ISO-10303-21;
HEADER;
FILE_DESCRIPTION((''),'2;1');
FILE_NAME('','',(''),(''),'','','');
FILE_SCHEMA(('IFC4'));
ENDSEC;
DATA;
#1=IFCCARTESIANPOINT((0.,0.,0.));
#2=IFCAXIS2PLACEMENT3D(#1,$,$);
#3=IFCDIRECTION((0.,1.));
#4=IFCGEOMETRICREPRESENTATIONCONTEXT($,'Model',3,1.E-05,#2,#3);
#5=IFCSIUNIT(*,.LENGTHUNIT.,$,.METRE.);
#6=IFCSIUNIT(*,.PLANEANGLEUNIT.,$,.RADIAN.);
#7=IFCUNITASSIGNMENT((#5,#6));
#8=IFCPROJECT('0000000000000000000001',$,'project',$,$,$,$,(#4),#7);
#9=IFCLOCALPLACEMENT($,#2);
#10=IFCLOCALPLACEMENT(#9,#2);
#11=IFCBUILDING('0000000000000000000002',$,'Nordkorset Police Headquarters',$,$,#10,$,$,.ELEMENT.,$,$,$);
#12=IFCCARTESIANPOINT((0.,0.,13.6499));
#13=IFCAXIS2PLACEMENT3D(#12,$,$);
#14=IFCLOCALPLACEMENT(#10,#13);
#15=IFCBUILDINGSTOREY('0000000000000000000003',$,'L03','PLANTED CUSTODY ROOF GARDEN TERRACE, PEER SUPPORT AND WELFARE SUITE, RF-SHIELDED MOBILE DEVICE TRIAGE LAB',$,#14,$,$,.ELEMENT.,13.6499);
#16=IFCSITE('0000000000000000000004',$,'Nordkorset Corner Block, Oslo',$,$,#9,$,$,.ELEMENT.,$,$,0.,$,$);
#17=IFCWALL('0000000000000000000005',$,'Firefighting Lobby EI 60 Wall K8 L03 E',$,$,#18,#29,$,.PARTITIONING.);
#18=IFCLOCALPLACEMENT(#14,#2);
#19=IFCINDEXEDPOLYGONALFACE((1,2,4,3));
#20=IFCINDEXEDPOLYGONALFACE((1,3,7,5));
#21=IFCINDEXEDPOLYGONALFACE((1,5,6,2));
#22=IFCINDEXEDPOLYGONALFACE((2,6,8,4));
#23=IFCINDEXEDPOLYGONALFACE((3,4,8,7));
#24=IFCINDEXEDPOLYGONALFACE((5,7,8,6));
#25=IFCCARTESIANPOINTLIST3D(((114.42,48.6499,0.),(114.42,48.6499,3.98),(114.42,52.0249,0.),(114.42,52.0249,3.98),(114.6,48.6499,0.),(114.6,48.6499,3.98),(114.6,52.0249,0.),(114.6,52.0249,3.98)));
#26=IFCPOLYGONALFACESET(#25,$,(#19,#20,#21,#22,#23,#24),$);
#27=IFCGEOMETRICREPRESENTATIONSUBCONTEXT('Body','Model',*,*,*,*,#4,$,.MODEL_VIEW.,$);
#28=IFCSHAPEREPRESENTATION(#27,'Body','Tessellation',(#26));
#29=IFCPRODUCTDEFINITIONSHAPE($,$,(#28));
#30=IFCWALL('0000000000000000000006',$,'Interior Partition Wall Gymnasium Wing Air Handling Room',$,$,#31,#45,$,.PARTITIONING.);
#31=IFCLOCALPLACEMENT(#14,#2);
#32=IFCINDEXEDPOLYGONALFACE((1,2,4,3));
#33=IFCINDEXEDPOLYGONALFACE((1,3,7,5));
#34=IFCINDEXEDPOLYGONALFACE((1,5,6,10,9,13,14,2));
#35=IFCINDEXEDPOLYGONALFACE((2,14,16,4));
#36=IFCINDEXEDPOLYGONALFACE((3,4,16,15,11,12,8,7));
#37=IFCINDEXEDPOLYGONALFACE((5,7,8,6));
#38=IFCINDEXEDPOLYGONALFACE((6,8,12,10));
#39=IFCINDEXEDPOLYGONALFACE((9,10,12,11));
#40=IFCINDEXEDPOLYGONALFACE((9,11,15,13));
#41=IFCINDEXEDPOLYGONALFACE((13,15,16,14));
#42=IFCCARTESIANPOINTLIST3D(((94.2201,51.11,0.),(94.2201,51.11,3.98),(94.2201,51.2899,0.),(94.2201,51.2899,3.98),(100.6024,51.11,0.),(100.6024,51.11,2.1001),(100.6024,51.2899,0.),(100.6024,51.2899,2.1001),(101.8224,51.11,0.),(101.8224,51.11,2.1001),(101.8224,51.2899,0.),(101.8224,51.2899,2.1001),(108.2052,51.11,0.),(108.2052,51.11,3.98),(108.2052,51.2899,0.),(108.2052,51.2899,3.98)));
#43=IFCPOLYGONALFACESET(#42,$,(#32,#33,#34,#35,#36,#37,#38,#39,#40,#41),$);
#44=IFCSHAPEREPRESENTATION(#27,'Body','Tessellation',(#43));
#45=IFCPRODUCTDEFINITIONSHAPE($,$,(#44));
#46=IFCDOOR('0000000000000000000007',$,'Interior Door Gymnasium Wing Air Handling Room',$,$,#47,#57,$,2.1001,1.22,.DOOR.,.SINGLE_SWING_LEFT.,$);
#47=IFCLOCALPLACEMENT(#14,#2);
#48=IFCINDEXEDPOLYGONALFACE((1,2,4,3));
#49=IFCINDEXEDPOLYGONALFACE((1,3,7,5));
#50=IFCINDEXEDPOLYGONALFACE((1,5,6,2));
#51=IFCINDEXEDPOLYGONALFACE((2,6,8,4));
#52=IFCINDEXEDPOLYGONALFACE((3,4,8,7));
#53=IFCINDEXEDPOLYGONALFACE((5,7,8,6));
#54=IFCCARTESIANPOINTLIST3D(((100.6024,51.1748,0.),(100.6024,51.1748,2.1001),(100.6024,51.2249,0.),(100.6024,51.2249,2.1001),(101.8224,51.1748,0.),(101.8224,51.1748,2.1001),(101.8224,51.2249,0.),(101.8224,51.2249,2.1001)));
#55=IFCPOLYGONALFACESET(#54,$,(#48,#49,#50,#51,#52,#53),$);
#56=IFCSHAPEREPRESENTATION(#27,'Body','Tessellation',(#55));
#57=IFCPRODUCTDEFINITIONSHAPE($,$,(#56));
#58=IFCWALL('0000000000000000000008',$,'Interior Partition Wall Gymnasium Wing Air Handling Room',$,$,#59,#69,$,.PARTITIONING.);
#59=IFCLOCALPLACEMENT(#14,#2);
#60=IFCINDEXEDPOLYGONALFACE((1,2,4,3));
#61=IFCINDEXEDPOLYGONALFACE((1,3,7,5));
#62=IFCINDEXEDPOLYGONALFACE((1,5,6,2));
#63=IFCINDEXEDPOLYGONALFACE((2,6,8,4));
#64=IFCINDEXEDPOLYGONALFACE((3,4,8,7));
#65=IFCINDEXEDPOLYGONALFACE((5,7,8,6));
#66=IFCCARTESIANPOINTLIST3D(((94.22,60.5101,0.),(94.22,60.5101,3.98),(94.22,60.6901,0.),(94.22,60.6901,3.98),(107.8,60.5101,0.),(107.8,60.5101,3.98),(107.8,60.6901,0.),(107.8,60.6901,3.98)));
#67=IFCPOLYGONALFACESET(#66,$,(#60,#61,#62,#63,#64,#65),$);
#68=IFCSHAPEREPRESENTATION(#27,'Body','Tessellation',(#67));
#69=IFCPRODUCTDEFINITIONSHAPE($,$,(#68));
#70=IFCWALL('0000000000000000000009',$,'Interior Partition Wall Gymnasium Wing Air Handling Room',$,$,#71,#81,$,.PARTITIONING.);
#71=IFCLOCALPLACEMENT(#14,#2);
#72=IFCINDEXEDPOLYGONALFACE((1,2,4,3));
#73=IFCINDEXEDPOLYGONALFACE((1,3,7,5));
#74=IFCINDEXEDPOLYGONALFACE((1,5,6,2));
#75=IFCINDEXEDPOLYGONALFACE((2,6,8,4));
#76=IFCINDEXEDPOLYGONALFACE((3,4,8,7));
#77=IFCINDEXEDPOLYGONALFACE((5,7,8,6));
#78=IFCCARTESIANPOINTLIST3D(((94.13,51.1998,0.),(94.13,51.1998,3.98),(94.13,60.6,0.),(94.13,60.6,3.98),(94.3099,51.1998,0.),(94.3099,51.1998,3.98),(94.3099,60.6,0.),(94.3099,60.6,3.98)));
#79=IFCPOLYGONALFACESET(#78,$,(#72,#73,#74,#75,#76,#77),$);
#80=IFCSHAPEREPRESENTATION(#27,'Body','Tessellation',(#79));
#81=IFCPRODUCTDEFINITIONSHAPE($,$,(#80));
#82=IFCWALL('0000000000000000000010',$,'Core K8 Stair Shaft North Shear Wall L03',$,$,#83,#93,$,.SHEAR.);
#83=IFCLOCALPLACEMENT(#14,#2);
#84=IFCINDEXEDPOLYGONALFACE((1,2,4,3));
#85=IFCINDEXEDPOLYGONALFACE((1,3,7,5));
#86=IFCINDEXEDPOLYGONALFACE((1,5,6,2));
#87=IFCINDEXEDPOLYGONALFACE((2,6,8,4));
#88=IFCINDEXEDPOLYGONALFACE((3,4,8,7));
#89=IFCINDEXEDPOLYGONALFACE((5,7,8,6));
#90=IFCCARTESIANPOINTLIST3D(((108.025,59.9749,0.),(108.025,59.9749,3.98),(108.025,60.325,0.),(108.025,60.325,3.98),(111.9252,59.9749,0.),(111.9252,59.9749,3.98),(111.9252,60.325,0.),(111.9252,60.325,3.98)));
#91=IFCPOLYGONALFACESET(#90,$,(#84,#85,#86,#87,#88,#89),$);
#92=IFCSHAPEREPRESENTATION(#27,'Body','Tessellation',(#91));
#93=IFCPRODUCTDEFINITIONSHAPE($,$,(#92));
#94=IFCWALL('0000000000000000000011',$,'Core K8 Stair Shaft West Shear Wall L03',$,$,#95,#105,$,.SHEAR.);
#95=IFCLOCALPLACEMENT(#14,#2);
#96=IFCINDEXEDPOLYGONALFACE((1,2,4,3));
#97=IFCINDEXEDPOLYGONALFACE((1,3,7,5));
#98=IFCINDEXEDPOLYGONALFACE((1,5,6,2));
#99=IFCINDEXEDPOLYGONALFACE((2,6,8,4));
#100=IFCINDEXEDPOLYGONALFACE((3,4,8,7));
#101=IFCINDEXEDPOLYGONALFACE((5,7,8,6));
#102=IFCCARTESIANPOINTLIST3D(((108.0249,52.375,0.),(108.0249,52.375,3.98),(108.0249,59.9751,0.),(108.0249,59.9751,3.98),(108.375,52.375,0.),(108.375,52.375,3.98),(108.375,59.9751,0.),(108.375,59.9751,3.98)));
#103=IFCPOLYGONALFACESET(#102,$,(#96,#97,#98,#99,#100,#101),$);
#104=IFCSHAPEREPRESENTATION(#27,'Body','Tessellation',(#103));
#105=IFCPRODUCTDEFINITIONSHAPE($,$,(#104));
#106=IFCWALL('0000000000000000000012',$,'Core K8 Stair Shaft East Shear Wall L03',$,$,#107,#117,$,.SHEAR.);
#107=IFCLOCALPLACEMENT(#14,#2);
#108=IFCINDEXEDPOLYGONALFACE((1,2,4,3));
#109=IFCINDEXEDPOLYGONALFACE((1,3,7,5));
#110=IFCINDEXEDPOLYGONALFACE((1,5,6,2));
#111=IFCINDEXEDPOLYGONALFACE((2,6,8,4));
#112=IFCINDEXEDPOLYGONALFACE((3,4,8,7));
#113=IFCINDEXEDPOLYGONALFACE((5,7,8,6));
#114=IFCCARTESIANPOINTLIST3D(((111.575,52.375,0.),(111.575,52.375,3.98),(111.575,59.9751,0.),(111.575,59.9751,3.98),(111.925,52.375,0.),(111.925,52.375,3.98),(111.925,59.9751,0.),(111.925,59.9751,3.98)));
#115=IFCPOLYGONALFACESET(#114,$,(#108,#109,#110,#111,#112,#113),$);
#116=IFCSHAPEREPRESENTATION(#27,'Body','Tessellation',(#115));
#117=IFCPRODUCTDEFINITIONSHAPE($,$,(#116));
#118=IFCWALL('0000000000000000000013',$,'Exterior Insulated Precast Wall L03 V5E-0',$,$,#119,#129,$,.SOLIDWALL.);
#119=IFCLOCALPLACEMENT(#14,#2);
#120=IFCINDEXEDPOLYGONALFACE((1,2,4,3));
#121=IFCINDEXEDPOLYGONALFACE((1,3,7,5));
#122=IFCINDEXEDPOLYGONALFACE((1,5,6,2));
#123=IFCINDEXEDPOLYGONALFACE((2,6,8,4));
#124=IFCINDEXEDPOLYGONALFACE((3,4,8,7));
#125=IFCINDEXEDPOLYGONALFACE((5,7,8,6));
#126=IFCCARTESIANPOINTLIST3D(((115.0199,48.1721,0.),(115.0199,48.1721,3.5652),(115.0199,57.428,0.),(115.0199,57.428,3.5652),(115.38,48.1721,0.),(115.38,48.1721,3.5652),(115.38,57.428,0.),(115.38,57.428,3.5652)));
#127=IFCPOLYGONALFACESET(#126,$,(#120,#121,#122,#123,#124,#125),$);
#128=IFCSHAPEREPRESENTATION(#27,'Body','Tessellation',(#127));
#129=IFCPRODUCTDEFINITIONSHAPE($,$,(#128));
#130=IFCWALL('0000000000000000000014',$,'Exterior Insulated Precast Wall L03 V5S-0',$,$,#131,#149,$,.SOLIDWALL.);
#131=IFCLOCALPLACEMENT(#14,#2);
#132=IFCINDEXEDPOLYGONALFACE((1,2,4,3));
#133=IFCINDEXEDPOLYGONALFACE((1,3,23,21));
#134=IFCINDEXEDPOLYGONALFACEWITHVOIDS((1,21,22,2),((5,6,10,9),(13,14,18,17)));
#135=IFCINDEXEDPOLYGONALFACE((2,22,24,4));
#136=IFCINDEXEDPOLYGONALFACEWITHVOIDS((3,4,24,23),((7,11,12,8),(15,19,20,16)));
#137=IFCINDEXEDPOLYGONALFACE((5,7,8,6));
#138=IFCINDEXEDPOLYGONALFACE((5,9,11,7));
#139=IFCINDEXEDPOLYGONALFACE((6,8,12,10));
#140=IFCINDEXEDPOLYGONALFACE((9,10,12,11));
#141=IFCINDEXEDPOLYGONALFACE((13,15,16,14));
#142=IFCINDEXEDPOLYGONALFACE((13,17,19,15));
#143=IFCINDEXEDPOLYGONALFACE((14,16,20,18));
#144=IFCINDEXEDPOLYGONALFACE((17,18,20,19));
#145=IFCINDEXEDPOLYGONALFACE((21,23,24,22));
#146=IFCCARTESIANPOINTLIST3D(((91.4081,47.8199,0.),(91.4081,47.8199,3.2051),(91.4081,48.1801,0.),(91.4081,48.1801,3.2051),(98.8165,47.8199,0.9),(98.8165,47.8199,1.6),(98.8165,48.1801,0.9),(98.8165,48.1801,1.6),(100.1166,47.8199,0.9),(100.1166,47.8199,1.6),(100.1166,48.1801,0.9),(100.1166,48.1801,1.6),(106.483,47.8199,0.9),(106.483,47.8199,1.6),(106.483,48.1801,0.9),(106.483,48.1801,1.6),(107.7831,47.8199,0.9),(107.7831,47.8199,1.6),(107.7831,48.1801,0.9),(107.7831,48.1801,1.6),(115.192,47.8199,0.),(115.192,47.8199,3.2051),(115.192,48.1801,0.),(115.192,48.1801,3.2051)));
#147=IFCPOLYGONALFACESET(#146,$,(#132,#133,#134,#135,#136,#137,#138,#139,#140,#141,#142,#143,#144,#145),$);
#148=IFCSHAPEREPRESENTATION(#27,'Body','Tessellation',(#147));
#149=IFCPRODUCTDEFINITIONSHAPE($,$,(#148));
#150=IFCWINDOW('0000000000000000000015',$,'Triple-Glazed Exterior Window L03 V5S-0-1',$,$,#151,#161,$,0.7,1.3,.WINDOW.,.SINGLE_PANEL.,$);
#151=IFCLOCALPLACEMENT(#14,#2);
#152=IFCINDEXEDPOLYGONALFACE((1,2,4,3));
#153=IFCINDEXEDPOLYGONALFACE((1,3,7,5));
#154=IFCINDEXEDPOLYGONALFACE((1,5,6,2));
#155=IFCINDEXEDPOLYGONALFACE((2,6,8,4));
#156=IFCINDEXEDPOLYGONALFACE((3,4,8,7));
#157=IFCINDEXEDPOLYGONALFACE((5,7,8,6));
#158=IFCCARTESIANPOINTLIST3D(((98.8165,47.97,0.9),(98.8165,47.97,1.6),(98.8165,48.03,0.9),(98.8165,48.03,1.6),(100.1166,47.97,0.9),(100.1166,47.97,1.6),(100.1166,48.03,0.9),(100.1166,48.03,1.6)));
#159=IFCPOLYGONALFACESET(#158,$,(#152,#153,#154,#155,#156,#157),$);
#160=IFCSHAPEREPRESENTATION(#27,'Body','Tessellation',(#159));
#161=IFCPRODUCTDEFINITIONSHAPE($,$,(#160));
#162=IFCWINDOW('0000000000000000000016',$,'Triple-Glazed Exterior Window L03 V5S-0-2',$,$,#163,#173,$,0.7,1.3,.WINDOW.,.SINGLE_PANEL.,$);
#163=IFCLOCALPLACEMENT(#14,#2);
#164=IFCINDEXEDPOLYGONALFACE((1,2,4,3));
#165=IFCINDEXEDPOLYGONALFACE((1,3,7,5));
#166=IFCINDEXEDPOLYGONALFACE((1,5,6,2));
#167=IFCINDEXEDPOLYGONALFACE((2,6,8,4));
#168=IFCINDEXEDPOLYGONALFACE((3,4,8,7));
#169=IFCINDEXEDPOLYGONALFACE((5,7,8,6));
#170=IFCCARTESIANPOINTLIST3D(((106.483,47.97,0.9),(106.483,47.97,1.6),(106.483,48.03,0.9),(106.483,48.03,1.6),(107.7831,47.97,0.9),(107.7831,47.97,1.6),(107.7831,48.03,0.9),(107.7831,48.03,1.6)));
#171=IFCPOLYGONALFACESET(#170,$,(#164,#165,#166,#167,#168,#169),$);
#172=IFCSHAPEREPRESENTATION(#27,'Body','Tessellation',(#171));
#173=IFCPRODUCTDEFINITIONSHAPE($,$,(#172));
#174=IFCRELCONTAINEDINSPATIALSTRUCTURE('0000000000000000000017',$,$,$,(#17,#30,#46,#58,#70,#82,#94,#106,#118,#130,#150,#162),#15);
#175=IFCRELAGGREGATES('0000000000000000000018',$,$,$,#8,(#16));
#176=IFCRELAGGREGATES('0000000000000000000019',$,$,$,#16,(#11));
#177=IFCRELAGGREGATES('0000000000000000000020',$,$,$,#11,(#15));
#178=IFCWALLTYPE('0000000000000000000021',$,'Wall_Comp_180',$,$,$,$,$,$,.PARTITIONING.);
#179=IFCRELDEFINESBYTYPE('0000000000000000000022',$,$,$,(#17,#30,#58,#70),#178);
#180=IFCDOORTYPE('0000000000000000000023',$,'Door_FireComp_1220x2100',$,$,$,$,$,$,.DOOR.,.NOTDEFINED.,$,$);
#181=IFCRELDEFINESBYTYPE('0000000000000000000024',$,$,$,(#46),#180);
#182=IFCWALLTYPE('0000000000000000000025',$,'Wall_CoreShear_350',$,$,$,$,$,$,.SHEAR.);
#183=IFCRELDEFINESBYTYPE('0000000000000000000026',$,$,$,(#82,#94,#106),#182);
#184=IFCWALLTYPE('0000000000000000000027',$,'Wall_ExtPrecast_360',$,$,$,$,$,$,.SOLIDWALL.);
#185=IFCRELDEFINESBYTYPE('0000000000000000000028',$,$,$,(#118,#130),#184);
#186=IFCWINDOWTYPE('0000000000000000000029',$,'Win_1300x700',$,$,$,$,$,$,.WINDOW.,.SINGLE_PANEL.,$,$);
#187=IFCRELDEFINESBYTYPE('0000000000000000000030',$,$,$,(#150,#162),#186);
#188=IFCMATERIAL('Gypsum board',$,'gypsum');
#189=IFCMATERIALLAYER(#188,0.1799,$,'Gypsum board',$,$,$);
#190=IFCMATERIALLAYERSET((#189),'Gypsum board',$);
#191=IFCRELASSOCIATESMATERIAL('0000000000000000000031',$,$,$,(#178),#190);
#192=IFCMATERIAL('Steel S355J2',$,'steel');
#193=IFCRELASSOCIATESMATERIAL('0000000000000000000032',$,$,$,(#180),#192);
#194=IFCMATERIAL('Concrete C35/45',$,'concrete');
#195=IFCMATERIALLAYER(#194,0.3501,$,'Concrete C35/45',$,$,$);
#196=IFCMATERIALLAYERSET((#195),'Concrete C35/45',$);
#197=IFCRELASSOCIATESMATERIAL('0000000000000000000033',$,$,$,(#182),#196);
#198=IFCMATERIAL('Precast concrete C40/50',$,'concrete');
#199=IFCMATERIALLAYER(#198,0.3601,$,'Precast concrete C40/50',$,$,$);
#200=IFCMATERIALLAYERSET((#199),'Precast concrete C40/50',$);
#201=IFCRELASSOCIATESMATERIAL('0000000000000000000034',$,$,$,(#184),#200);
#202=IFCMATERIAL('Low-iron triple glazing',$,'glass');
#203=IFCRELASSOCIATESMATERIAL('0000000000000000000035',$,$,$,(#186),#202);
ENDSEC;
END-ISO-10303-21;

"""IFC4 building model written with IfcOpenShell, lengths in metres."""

from ifc_helpers import new_model, si_unit, direction, frame, frame_2d, origin, place, context, subcontext, project, spatial, rectangle, extrude, material, layer, layer_set, type_object, element, fill, save


model = new_model("IFC4")

# Units and contexts
model_context = context("Model", 3, precision=1e-05, world=origin(), true_north=direction((0.0, 1.0)))
body_context = subcontext(model_context, "Body", "Model", "MODEL_VIEW")
ifc_project = project(units=[si_unit("LENGTHUNIT", "METRE"), si_unit("PLANEANGLEUNIT", "RADIAN")], contexts=[model_context])

# Site, building, storey
site_placement = place(None, origin())
site = spatial("IfcSite", under=ifc_project, at=site_placement, Name="Nordkorset Corner Block, Oslo", CompositionType="ELEMENT", RefElevation=0.0)
building_placement = place(site_placement, origin())
building = spatial("IfcBuilding", under=site, at=building_placement, Name="Nordkorset Police Headquarters", CompositionType="ELEMENT")
storey_placement = place(building_placement, frame((0.0, 0.0, 13.6499)))
storey = spatial("IfcBuildingStorey", under=building, at=storey_placement, Name="L03", Description="PLANTED CUSTODY ROOF GARDEN TERRACE, PEER SUPPORT AND WELFARE SUITE, RF-SHIELDED MOBILE DEVICE TRIAGE LAB", CompositionType="ELEMENT", Elevation=13.6499)

# Shared definitions
ifc_material_1 = material(Name="Gypsum board", Category="gypsum")
ifc_layer_1 = layer(ifc_material_1, 0.1799, Name="Gypsum board")
ifc_layer_set_1 = layer_set([ifc_layer_1], Name="Gypsum board")
wall_type_1 = type_object("IfcWallType", Name="Wall_Comp_180", PredefinedType="PARTITIONING", material=ifc_layer_set_1)

# Wall
wall_1_placement = place(storey_placement, frame((114.51, 48.6499, 0.0), z_axis=(0.0, 0.0, 1.0), x_axis=(0.0, 1.0, 0.0)))
element("IfcWall", 1, at=wall_1_placement, inside=storey, type_object=wall_type_1, Name="Firefighting Lobby EI 60 Wall K8 L03 E", PredefinedType="PARTITIONING", context=body_context, shape_type="SweptSolid", body=[
    extrude(rectangle(XDim=3.375, YDim=0.1799, at=frame_2d((1.6875, 0.0))), origin(), (0.0, 0.0, 1.0), 3.98),
])

# Wall, opening, door
wall_2_placement = place(storey_placement, frame((94.22, 51.2, 0.0), z_axis=(0.0, 0.0, 1.0), x_axis=(1.0, 0.0, 0.0)))
wall_2 = element("IfcWall", 2, at=wall_2_placement, inside=storey, type_object=wall_type_1, Name="Interior Partition Wall Gymnasium Wing Air Handling Room", PredefinedType="PARTITIONING", context=body_context, shape_type="SweptSolid", body=[
    extrude(rectangle(XDim=13.9851, YDim=0.1799, at=frame_2d((6.9927, 0.0))), origin(), (0.0, 0.0, 1.0), 3.98),
])
opening_1_placement = place(wall_2_placement, frame((6.3826, 0.0, 0.0)))
opening_1 = element("IfcOpeningElement", 3, at=opening_1_placement, cuts=wall_2, PredefinedType="OPENING", context=body_context, shape_type="SweptSolid", body=[
    extrude(rectangle(XDim=1.22, YDim=2.1001, at=frame_2d((0.6099, 1.05))), frame((0.0, 0.1001, 0.0), z_axis=(0.0, -1.0, 0.0), x_axis=(1.0, 0.0, 0.0)), (0.0, 0.0, 1.0), 0.2),
])
ifc_material_2 = material(Name="Steel S355J2", Category="steel")
door_type_1 = type_object("IfcDoorType", Name="Door_FireComp_1220x2100", OperationType="NOTDEFINED", PredefinedType="DOOR", material=ifc_material_2)
door_1_placement = place(opening_1_placement, origin())
door_1 = element("IfcDoor", 4, at=door_1_placement, inside=storey, type_object=door_type_1, Name="Interior Door Gymnasium Wing Air Handling Room", OperationType="SINGLE_SWING_LEFT", OverallHeight=2.1001, OverallWidth=1.22, PredefinedType="DOOR", context=body_context, shape_type="SweptSolid", body=[
    extrude(rectangle(XDim=1.22, YDim=2.1001, at=frame_2d((0.6099, 1.05))), frame((0.0, 0.0249, 0.0), z_axis=(0.0, -1.0, 0.0), x_axis=(1.0, 0.0, 0.0)), (0.0, 0.0, 1.0), 0.05),
])
fill(opening_1, door_1)

# Walls
wall_3_placement = place(storey_placement, frame((107.8, 60.6001, 0.0), z_axis=(0.0, 0.0, 1.0), x_axis=(-1.0, 0.0, 0.0)))
element("IfcWall", 5, at=wall_3_placement, inside=storey, type_object=wall_type_1, Name="Interior Partition Wall Gymnasium Wing Air Handling Room", PredefinedType="PARTITIONING", context=body_context, shape_type="SweptSolid", body=[
    extrude(rectangle(XDim=13.5801, YDim=0.1799, at=frame_2d((6.79, 0.0))), origin(), (0.0, 0.0, 1.0), 3.98),
])
wall_4_placement = place(storey_placement, frame((94.22, 60.6001, 0.0), z_axis=(0.0, 0.0, 1.0), x_axis=(0.0, -1.0, 0.0)))
element("IfcWall", 6, at=wall_4_placement, inside=storey, type_object=wall_type_1, Name="Interior Partition Wall Gymnasium Wing Air Handling Room", PredefinedType="PARTITIONING", context=body_context, shape_type="SweptSolid", body=[
    extrude(rectangle(XDim=9.4001, YDim=0.1799, at=frame_2d((4.7002, 0.0))), origin(), (0.0, 0.0, 1.0), 3.98),
])

# Shared definitions
ifc_material_3 = material(Name="Concrete C35/45", Category="concrete")
ifc_layer_2 = layer(ifc_material_3, 0.3501, Name="Concrete C35/45")
ifc_layer_set_2 = layer_set([ifc_layer_2], Name="Concrete C35/45")
wall_type_2 = type_object("IfcWallType", Name="Wall_CoreShear_350", PredefinedType="SHEAR", material=ifc_layer_set_2)

# Walls
wall_5_placement = place(storey_placement, frame((108.0249, 60.1499, 0.0), z_axis=(0.0, 0.0, 1.0), x_axis=(1.0, 0.0, 0.0)))
element("IfcWall", 7, at=wall_5_placement, inside=storey, type_object=wall_type_2, Name="Core K8 Stair Shaft North Shear Wall L03", PredefinedType="SHEAR", context=body_context, shape_type="SweptSolid", body=[
    extrude(rectangle(XDim=3.9001, YDim=0.3501, at=frame_2d((1.9502, 0.0))), origin(), (0.0, 0.0, 1.0), 3.98),
])
for number, where, z_axis, x_axis, name in (
    (8, (108.2, 52.375, 0.0), (0.0, 0.0, 1.0), (0.0, 1.0, 0.0), "Core K8 Stair Shaft West Shear Wall L03"),
    (9, (111.75, 52.375, 0.0), (0.0, 0.0, 1.0), (0.0, 1.0, 0.0), "Core K8 Stair Shaft East Shear Wall L03"),
):
    element("IfcWall", number, at=place(storey_placement, frame(where, z_axis=z_axis, x_axis=x_axis)), inside=storey, type_object=wall_type_2, Name=name, PredefinedType="SHEAR", context=body_context, shape_type="SweptSolid", body=[
        extrude(rectangle(XDim=7.6001, YDim=0.3501, at=frame_2d((3.8, 0.0))), origin(), (0.0, 0.0, 1.0), 3.98),
    ])
ifc_material_4 = material(Name="Precast concrete C40/50", Category="concrete")
ifc_layer_3 = layer(ifc_material_4, 0.3601, Name="Precast concrete C40/50")
ifc_layer_set_3 = layer_set([ifc_layer_3], Name="Precast concrete C40/50")
wall_type_3 = type_object("IfcWallType", Name="Wall_ExtPrecast_360", PredefinedType="SOLIDWALL", material=ifc_layer_set_3)
wall_6_placement = place(storey_placement, frame((115.2, 48.1721, 0.0), z_axis=(0.0, 0.0, 1.0), x_axis=(0.0, 1.0, 0.0)))
element("IfcWall", 10, at=wall_6_placement, inside=storey, type_object=wall_type_3, Name="Exterior Insulated Precast Wall L03 V5E-0", PredefinedType="SOLIDWALL", context=body_context, shape_type="SweptSolid", body=[
    extrude(rectangle(XDim=9.2559, YDim=0.3601, at=frame_2d((4.6279, 0.0))), origin(), (0.0, 0.0, 1.0), 3.5652),
])

# Wall, openings, windows
wall_7_placement = place(storey_placement, frame((91.408, 48.0, 0.0), z_axis=(0.0, 0.0, 1.0), x_axis=(1.0, 0.0, 0.0)))
wall_7 = element("IfcWall", 11, at=wall_7_placement, inside=storey, type_object=wall_type_3, Name="Exterior Insulated Precast Wall L03 V5S-0", PredefinedType="SOLIDWALL", context=body_context, shape_type="SweptSolid", body=[
    extrude(rectangle(XDim=23.7839, YDim=0.3601, at=frame_2d((11.8921, 0.0))), origin(), (0.0, 0.0, 1.0), 3.2051),
])
opening_2_placement = place(wall_7_placement, frame((7.4087, 0.0, 0.8999)))
opening_2 = element("IfcOpeningElement", 12, at=opening_2_placement, cuts=wall_7, PredefinedType="OPENING", context=body_context, shape_type="SweptSolid", body=[
    extrude(rectangle(XDim=1.3, YDim=0.7, at=frame_2d((0.6499, 0.3501))), frame((0.0, 0.1899, 0.0), z_axis=(0.0, -1.0, 0.0), x_axis=(1.0, 0.0, 0.0)), (0.0, 0.0, 1.0), 0.3801),
])
opening_3_placement = place(wall_7_placement, frame((15.0752, 0.0, 0.8999)))
opening_3 = element("IfcOpeningElement", 13, at=opening_3_placement, cuts=wall_7, PredefinedType="OPENING", context=body_context, shape_type="SweptSolid", body=[
    extrude(rectangle(XDim=1.3, YDim=0.7, at=frame_2d((0.6499, 0.3501))), frame((0.0, 0.1899, 0.0), z_axis=(0.0, -1.0, 0.0), x_axis=(1.0, 0.0, 0.0)), (0.0, 0.0, 1.0), 0.3801),
])
ifc_material_5 = material(Name="Low-iron triple glazing", Category="glass")
window_type = type_object("IfcWindowType", Name="Win_1300x700", PartitioningType="SINGLE_PANEL", PredefinedType="WINDOW", material=ifc_material_5)
window_1_placement = place(opening_2_placement, origin())
window_1 = element("IfcWindow", 14, at=window_1_placement, inside=storey, type_object=window_type, Name="Triple-Glazed Exterior Window L03 V5S-0-1", OverallHeight=0.7, OverallWidth=1.3, PartitioningType="SINGLE_PANEL", PredefinedType="WINDOW", context=body_context, shape_type="SweptSolid", body=[
    extrude(rectangle(XDim=1.3, YDim=0.7, at=frame_2d((0.6499, 0.3501))), frame((0.0, 0.03, 0.0), z_axis=(0.0, -1.0, 0.0), x_axis=(1.0, 0.0, 0.0)), (0.0, 0.0, 1.0), 0.0601),
])
fill(opening_2, window_1)
window_2_placement = place(opening_3_placement, origin())
window_2 = element("IfcWindow", 15, at=window_2_placement, inside=storey, type_object=window_type, Name="Triple-Glazed Exterior Window L03 V5S-0-2", OverallHeight=0.7, OverallWidth=1.3, PartitioningType="SINGLE_PANEL", PredefinedType="WINDOW", context=body_context, shape_type="SweptSolid", body=[
    extrude(rectangle(XDim=1.3, YDim=0.7, at=frame_2d((0.6499, 0.3501))), frame((0.0, 0.03, 0.0), z_axis=(0.0, -1.0, 0.0), x_axis=(1.0, 0.0, 0.0)), (0.0, 0.0, 1.0), 0.0601),
])
fill(opening_3, window_2)

save(model, "model.ifc")
